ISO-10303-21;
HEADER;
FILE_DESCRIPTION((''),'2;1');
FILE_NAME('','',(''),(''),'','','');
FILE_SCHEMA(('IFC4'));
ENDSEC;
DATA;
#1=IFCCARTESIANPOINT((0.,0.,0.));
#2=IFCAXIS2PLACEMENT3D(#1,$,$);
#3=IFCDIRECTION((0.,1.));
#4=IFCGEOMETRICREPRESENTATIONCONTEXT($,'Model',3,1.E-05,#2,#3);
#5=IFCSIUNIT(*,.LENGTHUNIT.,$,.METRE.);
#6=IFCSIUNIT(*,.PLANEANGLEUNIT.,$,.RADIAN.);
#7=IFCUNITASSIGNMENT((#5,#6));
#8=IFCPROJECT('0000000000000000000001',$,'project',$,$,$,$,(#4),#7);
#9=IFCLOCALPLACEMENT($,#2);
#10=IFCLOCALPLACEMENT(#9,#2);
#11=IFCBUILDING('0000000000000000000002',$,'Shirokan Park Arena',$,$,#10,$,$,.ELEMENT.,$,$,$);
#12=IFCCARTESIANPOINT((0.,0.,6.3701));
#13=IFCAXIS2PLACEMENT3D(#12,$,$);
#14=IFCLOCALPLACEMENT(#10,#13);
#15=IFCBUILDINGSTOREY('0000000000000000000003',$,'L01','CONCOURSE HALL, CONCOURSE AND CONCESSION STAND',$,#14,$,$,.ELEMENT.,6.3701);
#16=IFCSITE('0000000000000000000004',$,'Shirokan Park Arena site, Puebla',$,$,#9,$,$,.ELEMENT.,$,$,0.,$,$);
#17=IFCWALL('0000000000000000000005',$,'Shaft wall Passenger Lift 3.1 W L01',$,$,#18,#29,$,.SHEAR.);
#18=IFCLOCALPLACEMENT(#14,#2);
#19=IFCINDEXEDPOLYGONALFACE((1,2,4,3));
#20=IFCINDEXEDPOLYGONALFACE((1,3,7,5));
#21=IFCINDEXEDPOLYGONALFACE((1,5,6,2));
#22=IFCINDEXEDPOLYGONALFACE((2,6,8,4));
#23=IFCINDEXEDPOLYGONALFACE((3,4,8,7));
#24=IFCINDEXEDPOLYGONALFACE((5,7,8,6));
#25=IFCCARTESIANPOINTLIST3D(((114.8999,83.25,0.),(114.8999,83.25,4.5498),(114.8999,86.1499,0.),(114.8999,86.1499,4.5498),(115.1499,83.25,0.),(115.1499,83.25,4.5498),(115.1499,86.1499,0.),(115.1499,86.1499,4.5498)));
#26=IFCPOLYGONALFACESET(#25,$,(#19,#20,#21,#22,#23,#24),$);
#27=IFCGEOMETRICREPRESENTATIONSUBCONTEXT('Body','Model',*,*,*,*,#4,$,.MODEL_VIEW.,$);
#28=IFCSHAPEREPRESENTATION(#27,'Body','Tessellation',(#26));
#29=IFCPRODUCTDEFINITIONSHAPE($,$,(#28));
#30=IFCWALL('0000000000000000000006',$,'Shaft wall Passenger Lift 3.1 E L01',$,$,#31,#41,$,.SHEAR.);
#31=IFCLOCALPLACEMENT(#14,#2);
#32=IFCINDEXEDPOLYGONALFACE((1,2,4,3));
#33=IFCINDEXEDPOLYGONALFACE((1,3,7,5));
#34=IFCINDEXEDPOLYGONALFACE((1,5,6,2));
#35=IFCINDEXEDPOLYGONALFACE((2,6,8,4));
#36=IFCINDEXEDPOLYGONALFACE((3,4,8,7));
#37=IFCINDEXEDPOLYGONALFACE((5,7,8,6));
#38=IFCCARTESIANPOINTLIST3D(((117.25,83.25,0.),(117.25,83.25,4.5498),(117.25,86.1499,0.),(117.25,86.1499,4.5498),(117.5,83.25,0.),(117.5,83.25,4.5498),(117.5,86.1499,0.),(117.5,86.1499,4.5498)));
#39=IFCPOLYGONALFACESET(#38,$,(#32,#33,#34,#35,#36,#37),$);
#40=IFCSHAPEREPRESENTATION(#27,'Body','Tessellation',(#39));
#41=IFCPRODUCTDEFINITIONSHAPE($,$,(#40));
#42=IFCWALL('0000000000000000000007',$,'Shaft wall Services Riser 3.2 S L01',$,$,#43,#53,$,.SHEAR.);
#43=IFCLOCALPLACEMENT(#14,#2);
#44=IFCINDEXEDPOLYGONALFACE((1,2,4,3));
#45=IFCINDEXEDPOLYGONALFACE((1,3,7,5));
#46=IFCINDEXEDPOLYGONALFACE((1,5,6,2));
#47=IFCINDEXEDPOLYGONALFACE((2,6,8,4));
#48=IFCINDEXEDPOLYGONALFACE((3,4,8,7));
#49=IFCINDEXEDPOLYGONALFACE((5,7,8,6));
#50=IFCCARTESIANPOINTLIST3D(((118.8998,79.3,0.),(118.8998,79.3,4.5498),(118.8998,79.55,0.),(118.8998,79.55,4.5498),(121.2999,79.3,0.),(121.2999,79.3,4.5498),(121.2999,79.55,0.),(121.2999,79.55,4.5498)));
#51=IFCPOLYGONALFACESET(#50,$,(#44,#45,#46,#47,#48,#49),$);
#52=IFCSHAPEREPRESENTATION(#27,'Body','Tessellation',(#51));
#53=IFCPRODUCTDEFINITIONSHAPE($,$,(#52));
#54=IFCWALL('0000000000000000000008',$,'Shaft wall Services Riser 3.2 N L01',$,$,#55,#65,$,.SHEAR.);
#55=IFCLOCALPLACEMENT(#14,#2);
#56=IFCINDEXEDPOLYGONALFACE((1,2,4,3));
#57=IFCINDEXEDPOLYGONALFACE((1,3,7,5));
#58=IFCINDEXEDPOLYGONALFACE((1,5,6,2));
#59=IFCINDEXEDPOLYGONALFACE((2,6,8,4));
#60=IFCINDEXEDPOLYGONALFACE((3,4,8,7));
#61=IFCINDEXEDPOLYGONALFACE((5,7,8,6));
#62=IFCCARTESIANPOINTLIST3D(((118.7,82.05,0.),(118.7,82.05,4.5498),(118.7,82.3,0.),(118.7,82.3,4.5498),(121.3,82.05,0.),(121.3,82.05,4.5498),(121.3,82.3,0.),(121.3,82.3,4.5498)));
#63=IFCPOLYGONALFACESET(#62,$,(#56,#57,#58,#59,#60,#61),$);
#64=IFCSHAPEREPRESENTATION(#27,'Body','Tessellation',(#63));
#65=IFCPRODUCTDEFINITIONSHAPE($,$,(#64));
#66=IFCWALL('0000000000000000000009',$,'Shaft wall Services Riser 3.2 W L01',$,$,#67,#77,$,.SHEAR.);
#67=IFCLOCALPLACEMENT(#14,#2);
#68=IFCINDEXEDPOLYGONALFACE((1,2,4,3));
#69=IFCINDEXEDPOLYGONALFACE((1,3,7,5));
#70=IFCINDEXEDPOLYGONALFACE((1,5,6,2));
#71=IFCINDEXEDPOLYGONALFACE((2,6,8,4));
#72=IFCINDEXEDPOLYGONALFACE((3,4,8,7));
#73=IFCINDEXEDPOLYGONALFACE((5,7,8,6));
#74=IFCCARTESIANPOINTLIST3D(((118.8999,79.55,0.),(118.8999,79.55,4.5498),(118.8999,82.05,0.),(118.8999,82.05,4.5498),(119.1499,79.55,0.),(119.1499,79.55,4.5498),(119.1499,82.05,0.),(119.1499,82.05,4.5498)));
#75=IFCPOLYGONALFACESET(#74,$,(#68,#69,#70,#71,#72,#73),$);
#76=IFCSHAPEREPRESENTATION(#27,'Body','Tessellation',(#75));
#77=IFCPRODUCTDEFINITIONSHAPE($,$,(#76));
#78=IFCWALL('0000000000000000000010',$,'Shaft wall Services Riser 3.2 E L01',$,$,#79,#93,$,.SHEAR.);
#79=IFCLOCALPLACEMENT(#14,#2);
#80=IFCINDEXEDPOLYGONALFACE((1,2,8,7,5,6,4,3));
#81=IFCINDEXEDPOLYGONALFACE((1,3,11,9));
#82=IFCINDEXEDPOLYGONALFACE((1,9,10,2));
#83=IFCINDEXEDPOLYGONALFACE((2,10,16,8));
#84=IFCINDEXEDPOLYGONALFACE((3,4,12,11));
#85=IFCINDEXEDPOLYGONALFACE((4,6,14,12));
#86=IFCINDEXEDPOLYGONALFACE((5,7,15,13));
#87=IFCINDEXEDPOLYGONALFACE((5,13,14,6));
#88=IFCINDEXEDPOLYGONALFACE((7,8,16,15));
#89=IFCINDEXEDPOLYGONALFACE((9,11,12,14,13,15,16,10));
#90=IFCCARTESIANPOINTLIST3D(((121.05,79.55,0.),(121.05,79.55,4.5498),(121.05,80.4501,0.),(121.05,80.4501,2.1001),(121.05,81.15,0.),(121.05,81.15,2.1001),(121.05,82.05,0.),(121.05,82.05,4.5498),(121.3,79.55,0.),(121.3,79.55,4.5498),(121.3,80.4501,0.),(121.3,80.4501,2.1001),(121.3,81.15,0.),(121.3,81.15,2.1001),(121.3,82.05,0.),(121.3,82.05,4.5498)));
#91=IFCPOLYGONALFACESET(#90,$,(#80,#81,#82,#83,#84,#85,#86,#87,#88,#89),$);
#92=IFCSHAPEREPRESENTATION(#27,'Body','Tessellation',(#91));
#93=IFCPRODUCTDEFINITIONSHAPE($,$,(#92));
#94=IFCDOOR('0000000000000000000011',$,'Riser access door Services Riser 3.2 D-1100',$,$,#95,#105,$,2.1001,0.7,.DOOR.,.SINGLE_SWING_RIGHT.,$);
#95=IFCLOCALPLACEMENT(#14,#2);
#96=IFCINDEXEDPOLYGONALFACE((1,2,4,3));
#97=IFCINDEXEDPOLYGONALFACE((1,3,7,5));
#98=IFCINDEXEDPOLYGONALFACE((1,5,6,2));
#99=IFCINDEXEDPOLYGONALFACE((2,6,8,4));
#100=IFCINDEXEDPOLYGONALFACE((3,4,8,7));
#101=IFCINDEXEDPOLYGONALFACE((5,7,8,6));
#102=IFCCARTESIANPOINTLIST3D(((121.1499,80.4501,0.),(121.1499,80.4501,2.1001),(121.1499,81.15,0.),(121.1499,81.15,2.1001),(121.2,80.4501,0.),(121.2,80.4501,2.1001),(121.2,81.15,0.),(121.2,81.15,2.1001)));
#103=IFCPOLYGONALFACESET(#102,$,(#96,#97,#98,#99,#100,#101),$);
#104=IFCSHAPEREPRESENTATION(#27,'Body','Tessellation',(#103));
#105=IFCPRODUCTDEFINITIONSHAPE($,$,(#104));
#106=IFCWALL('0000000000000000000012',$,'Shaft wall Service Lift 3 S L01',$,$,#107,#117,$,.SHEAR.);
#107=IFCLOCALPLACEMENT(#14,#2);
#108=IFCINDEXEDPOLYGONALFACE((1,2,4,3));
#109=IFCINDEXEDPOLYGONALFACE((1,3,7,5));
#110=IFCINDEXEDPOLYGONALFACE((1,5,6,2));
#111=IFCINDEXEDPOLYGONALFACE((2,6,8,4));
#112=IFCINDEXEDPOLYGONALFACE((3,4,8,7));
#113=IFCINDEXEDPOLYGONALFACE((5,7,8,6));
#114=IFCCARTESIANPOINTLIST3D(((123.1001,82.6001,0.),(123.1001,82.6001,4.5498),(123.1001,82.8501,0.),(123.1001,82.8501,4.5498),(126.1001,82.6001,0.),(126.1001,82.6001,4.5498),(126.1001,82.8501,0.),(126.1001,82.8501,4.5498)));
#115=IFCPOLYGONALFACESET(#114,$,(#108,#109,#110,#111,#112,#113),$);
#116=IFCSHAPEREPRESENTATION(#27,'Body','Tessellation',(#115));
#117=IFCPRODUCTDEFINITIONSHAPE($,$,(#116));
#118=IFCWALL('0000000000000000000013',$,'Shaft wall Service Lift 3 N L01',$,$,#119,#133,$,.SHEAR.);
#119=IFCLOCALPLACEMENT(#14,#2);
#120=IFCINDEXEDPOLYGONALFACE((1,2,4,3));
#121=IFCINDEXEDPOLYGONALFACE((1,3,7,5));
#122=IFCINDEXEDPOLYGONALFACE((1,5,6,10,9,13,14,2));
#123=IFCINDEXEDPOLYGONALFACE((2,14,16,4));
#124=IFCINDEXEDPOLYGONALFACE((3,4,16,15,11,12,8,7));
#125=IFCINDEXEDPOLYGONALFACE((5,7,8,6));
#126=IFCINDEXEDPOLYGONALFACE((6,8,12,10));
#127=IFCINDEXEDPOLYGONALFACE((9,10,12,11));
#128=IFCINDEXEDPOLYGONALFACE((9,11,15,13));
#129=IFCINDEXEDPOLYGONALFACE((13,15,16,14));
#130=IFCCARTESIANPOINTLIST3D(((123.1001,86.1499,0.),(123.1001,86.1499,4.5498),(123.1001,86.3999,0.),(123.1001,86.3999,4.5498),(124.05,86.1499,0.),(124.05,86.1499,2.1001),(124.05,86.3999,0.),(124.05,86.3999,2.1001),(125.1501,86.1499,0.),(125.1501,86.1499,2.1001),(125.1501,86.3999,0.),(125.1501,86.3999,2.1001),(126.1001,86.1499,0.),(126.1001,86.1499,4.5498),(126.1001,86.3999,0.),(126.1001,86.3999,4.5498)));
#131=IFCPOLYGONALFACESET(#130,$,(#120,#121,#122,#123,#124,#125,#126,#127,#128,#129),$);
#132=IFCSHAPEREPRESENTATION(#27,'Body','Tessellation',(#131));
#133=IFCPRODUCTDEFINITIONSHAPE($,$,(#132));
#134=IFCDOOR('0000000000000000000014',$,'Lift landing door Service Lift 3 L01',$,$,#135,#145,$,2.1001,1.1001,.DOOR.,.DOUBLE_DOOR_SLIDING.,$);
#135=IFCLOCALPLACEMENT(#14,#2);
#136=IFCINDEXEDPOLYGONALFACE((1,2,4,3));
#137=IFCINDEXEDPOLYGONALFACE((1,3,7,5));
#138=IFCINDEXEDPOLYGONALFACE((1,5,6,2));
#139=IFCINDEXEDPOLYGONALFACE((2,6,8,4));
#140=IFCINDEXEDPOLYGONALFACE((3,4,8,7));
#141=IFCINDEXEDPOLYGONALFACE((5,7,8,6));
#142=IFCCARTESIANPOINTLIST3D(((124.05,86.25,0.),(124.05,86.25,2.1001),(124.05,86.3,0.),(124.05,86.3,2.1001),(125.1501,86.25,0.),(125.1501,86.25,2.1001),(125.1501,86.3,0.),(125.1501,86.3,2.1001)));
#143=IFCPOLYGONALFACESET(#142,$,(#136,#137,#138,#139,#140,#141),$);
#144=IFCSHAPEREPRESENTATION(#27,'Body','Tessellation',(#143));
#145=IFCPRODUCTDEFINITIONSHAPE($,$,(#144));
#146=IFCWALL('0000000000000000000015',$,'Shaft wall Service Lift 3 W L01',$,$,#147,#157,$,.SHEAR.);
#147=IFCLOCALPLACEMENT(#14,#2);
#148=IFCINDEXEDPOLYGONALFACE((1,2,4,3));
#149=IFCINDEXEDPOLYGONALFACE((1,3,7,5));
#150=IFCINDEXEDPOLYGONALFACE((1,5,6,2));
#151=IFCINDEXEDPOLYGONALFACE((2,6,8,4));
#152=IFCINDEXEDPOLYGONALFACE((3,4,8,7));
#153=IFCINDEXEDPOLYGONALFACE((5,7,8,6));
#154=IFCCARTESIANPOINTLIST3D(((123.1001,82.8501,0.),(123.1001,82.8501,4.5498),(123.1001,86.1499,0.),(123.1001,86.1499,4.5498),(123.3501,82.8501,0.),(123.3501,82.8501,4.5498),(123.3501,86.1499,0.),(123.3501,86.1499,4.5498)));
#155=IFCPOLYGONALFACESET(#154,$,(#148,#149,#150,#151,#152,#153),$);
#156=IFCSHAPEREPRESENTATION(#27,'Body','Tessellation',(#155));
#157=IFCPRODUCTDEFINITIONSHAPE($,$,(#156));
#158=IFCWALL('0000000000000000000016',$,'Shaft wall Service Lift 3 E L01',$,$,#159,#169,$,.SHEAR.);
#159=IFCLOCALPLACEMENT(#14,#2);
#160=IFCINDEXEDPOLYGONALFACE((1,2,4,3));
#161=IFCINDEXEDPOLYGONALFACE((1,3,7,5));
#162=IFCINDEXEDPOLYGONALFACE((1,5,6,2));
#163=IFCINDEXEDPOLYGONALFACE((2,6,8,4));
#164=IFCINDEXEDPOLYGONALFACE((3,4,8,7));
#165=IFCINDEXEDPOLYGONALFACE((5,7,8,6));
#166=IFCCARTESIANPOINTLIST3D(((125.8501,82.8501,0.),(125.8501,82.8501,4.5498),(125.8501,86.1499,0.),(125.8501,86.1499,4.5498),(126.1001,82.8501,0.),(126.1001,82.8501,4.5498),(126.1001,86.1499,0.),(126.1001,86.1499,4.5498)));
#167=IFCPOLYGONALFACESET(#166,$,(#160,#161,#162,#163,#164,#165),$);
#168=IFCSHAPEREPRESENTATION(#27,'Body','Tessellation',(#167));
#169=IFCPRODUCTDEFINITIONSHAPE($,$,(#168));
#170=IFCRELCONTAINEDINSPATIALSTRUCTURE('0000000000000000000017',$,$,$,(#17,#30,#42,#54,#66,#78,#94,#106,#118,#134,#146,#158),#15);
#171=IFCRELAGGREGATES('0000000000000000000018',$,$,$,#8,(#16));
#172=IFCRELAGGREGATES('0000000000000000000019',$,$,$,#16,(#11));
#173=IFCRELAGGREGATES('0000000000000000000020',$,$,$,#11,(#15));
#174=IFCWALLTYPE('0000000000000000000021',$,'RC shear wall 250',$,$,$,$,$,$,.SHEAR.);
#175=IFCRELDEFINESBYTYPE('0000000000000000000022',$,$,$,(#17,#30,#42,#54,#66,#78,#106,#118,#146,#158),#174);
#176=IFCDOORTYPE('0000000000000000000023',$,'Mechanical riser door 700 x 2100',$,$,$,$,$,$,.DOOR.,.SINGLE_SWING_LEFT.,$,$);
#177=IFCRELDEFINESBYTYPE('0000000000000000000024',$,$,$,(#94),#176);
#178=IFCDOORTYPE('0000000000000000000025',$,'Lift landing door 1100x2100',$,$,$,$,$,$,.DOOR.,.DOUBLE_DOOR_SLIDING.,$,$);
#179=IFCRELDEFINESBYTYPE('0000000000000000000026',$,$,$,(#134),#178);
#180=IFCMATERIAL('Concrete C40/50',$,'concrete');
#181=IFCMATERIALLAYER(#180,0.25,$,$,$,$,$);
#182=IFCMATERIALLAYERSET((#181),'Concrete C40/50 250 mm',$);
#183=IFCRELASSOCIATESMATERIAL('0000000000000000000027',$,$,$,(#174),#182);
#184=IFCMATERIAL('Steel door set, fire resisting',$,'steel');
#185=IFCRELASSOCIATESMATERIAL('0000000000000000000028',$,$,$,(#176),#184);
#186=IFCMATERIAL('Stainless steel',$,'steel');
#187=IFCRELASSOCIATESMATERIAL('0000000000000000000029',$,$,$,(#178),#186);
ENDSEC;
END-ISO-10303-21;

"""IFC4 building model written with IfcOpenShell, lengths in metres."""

from ifc_helpers import new_model, si_unit, direction, frame, frame_2d, origin, place, context, subcontext, project, spatial, rectangle, extrude, material, layer, layer_set, type_object, element, fill, save


model = new_model("IFC4")

# Units and contexts
model_context = context("Model", 3, precision=1e-05, world=origin(), true_north=direction((0.0, 1.0)))
body_context = subcontext(model_context, "Body", "Model", "MODEL_VIEW")
ifc_project = project(units=[si_unit("LENGTHUNIT", "METRE"), si_unit("PLANEANGLEUNIT", "RADIAN")], contexts=[model_context])

# Site, building, storey
site_placement = place(None, origin())
site = spatial("IfcSite", under=ifc_project, at=site_placement, Name="Shirokan Park Arena site, Puebla", CompositionType="ELEMENT", RefElevation=0.0)
building_placement = place(site_placement, origin())
building = spatial("IfcBuilding", under=site, at=building_placement, Name="Shirokan Park Arena", CompositionType="ELEMENT")
storey_placement = place(building_placement, frame((0.0, 0.0, 6.3701)))
storey = spatial("IfcBuildingStorey", under=building, at=storey_placement, Name="L01", Description="CONCOURSE HALL, CONCOURSE AND CONCESSION STAND", CompositionType="ELEMENT", Elevation=6.3701)

# Shared definitions
ifc_material_1 = material(Name="Concrete C40/50", Category="concrete")
ifc_layer_1 = layer(ifc_material_1, 0.25)
ifc_layer_set_1 = layer_set([ifc_layer_1], Name="Concrete C40/50 250 mm")
wall_type_1 = type_object("IfcWallType", Name="RC shear wall 250", PredefinedType="SHEAR", material=ifc_layer_set_1)

# Shared definitions
ifc_material_2 = material(Name="Stainless steel", Category="steel")

# Walls
for number, where, z_axis, x_axis, name in (
    (1, (115.0249, 86.1499, 0.0), (0.0, 0.0, 1.0), (0.0, -1.0, 0.0), "Shaft wall Passenger Lift 3.1 W L01"),
    (2, (117.375, 86.1499, 0.0), (0.0, 0.0, 1.0), (0.0, -1.0, 0.0), "Shaft wall Passenger Lift 3.1 E L01"),
):
    element("IfcWall", number, at=place(storey_placement, frame(where, z_axis=z_axis, x_axis=x_axis)), inside=storey, type_object=wall_type_1, Name=name, PredefinedType="SHEAR", context=body_context, shape_type="SweptSolid", body=[
        extrude(rectangle(XDim=2.8999, YDim=0.25, at=frame_2d((1.45, 0.0))), origin(), (0.0, 0.0, 1.0), 4.5498),
    ])
wall_1_placement = place(storey_placement, frame((121.3, 79.425, 0.0), z_axis=(0.0, 0.0, 1.0), x_axis=(-1.0, 0.0, 0.0)))
element("IfcWall", 3, at=wall_1_placement, inside=storey, type_object=wall_type_1, Name="Shaft wall Services Riser 3.2 S L01", PredefinedType="SHEAR", context=body_context, shape_type="SweptSolid", body=[
    extrude(rectangle(XDim=2.4001, YDim=0.25, at=frame_2d((1.2002, 0.0))), origin(), (0.0, 0.0, 1.0), 4.5498),
])
wall_2_placement = place(storey_placement, frame((121.3, 82.175, 0.0), z_axis=(0.0, 0.0, 1.0), x_axis=(-1.0, 0.0, 0.0)))
element("IfcWall", 4, at=wall_2_placement, inside=storey, type_object=wall_type_1, Name="Shaft wall Services Riser 3.2 N L01", PredefinedType="SHEAR", context=body_context, shape_type="SweptSolid", body=[
    extrude(rectangle(XDim=2.6001, YDim=0.25, at=frame_2d((1.3, 0.0))), origin(), (0.0, 0.0, 1.0), 4.5498),
])
wall_3_placement = place(storey_placement, frame((119.0249, 82.05, 0.0), z_axis=(0.0, 0.0, 1.0), x_axis=(0.0, -1.0, 0.0)))
element("IfcWall", 5, at=wall_3_placement, inside=storey, type_object=wall_type_1, Name="Shaft wall Services Riser 3.2 W L01", PredefinedType="SHEAR", context=body_context, shape_type="SweptSolid", body=[
    extrude(rectangle(XDim=2.5, YDim=0.25, at=frame_2d((1.25, 0.0))), origin(), (0.0, 0.0, 1.0), 4.5498),
])

# Wall, opening, door
wall_4_placement = place(storey_placement, frame((121.175, 82.05, 0.0), z_axis=(0.0, 0.0, 1.0), x_axis=(0.0, -1.0, 0.0)))
wall_4 = element("IfcWall", 6, at=wall_4_placement, inside=storey, type_object=wall_type_1, Name="Shaft wall Services Riser 3.2 E L01", PredefinedType="SHEAR", context=body_context, shape_type="SweptSolid", body=[
    extrude(rectangle(XDim=2.5, YDim=0.25, at=frame_2d((1.25, 0.0))), origin(), (0.0, 0.0, 1.0), 4.5498),
])
opening_1_placement = place(wall_4_placement, frame((0.8999, 0.0, 0.0)))
opening_1 = element("IfcOpeningElement", 7, at=opening_1_placement, cuts=wall_4, PredefinedType="OPENING", context=body_context, shape_type="SweptSolid", body=[
    extrude(rectangle(XDim=0.7, YDim=2.1001, at=frame_2d((0.3501, 1.05))), frame((0.0, 0.135, 0.0), z_axis=(0.0, -1.0, 0.0), x_axis=(1.0, 0.0, 0.0)), (0.0, 0.0, 1.0), 0.27),
])
ifc_material_3 = material(Name="Steel door set, fire resisting", Category="steel")
door_type_1 = type_object("IfcDoorType", Name="Mechanical riser door 700 x 2100", OperationType="SINGLE_SWING_LEFT", PredefinedType="DOOR", material=ifc_material_3)
door_1_placement = place(opening_1_placement, origin())
door_1 = element("IfcDoor", 8, at=door_1_placement, inside=storey, type_object=door_type_1, Name="Riser access door Services Riser 3.2 D-1100", OperationType="SINGLE_SWING_RIGHT", OverallHeight=2.1001, OverallWidth=0.7, PredefinedType="DOOR", context=body_context, shape_type="SweptSolid", body=[
    extrude(rectangle(XDim=0.7, YDim=2.1001, at=frame_2d((0.3501, 1.05))), frame((0.0, 0.0249, 0.0), z_axis=(0.0, -1.0, 0.0), x_axis=(1.0, 0.0, 0.0)), (0.0, 0.0, 1.0), 0.05),
])
fill(opening_1, door_1)

# Wall
wall_5_placement = place(storey_placement, frame((126.1001, 82.7251, 0.0), z_axis=(0.0, 0.0, 1.0), x_axis=(-1.0, 0.0, 0.0)))
element("IfcWall", 9, at=wall_5_placement, inside=storey, type_object=wall_type_1, Name="Shaft wall Service Lift 3 S L01", PredefinedType="SHEAR", context=body_context, shape_type="SweptSolid", body=[
    extrude(rectangle(XDim=3.0, YDim=0.25, at=frame_2d((1.5, 0.0))), origin(), (0.0, 0.0, 1.0), 4.5498),
])

# Wall, opening, door
wall_6_placement = place(storey_placement, frame((126.1001, 86.2749, 0.0), z_axis=(0.0, 0.0, 1.0), x_axis=(-1.0, 0.0, 0.0)))
wall_6 = element("IfcWall", 10, at=wall_6_placement, inside=storey, type_object=wall_type_1, Name="Shaft wall Service Lift 3 N L01", PredefinedType="SHEAR", context=body_context, shape_type="SweptSolid", body=[
    extrude(rectangle(XDim=3.0, YDim=0.25, at=frame_2d((1.5, 0.0))), origin(), (0.0, 0.0, 1.0), 4.5498),
])
opening_2_placement = place(wall_6_placement, frame((0.95, 0.0, 0.0)))
opening_2 = element("IfcOpeningElement", 11, at=opening_2_placement, cuts=wall_6, PredefinedType="OPENING", context=body_context, shape_type="SweptSolid", body=[
    extrude(rectangle(XDim=1.1001, YDim=2.1001, at=frame_2d((0.55, 1.05))), frame((0.0, 0.135, 0.0), z_axis=(0.0, -1.0, 0.0), x_axis=(1.0, 0.0, 0.0)), (0.0, 0.0, 1.0), 0.27),
])
door_type_2 = type_object("IfcDoorType", Name="Lift landing door 1100x2100", OperationType="DOUBLE_DOOR_SLIDING", PredefinedType="DOOR", material=ifc_material_2)
door_2_placement = place(opening_2_placement, origin())
door_2 = element("IfcDoor", 12, at=door_2_placement, inside=storey, type_object=door_type_2, Name="Lift landing door Service Lift 3 L01", OperationType="DOUBLE_DOOR_SLIDING", OverallHeight=2.1001, OverallWidth=1.1001, PredefinedType="DOOR", context=body_context, shape_type="SweptSolid", body=[
    extrude(rectangle(XDim=1.1001, YDim=2.1001, at=frame_2d((0.55, 1.05))), frame((0.0, 0.0249, 0.0), z_axis=(0.0, -1.0, 0.0), x_axis=(1.0, 0.0, 0.0)), (0.0, 0.0, 1.0), 0.05),
])
fill(opening_2, door_2)

# Walls
for number, where, z_axis, x_axis, name in (
    (13, (123.2251, 86.1499, 0.0), (0.0, 0.0, 1.0), (0.0, -1.0, 0.0), "Shaft wall Service Lift 3 W L01"),
    (14, (125.9751, 86.1499, 0.0), (0.0, 0.0, 1.0), (0.0, -1.0, 0.0), "Shaft wall Service Lift 3 E L01"),
):
    element("IfcWall", number, at=place(storey_placement, frame(where, z_axis=z_axis, x_axis=x_axis)), inside=storey, type_object=wall_type_1, Name=name, PredefinedType="SHEAR", context=body_context, shape_type="SweptSolid", body=[
        extrude(rectangle(XDim=3.2998, YDim=0.25, at=frame_2d((1.6499, 0.0))), origin(), (0.0, 0.0, 1.0), 4.5498),
    ])

save(model, "model.ifc")
